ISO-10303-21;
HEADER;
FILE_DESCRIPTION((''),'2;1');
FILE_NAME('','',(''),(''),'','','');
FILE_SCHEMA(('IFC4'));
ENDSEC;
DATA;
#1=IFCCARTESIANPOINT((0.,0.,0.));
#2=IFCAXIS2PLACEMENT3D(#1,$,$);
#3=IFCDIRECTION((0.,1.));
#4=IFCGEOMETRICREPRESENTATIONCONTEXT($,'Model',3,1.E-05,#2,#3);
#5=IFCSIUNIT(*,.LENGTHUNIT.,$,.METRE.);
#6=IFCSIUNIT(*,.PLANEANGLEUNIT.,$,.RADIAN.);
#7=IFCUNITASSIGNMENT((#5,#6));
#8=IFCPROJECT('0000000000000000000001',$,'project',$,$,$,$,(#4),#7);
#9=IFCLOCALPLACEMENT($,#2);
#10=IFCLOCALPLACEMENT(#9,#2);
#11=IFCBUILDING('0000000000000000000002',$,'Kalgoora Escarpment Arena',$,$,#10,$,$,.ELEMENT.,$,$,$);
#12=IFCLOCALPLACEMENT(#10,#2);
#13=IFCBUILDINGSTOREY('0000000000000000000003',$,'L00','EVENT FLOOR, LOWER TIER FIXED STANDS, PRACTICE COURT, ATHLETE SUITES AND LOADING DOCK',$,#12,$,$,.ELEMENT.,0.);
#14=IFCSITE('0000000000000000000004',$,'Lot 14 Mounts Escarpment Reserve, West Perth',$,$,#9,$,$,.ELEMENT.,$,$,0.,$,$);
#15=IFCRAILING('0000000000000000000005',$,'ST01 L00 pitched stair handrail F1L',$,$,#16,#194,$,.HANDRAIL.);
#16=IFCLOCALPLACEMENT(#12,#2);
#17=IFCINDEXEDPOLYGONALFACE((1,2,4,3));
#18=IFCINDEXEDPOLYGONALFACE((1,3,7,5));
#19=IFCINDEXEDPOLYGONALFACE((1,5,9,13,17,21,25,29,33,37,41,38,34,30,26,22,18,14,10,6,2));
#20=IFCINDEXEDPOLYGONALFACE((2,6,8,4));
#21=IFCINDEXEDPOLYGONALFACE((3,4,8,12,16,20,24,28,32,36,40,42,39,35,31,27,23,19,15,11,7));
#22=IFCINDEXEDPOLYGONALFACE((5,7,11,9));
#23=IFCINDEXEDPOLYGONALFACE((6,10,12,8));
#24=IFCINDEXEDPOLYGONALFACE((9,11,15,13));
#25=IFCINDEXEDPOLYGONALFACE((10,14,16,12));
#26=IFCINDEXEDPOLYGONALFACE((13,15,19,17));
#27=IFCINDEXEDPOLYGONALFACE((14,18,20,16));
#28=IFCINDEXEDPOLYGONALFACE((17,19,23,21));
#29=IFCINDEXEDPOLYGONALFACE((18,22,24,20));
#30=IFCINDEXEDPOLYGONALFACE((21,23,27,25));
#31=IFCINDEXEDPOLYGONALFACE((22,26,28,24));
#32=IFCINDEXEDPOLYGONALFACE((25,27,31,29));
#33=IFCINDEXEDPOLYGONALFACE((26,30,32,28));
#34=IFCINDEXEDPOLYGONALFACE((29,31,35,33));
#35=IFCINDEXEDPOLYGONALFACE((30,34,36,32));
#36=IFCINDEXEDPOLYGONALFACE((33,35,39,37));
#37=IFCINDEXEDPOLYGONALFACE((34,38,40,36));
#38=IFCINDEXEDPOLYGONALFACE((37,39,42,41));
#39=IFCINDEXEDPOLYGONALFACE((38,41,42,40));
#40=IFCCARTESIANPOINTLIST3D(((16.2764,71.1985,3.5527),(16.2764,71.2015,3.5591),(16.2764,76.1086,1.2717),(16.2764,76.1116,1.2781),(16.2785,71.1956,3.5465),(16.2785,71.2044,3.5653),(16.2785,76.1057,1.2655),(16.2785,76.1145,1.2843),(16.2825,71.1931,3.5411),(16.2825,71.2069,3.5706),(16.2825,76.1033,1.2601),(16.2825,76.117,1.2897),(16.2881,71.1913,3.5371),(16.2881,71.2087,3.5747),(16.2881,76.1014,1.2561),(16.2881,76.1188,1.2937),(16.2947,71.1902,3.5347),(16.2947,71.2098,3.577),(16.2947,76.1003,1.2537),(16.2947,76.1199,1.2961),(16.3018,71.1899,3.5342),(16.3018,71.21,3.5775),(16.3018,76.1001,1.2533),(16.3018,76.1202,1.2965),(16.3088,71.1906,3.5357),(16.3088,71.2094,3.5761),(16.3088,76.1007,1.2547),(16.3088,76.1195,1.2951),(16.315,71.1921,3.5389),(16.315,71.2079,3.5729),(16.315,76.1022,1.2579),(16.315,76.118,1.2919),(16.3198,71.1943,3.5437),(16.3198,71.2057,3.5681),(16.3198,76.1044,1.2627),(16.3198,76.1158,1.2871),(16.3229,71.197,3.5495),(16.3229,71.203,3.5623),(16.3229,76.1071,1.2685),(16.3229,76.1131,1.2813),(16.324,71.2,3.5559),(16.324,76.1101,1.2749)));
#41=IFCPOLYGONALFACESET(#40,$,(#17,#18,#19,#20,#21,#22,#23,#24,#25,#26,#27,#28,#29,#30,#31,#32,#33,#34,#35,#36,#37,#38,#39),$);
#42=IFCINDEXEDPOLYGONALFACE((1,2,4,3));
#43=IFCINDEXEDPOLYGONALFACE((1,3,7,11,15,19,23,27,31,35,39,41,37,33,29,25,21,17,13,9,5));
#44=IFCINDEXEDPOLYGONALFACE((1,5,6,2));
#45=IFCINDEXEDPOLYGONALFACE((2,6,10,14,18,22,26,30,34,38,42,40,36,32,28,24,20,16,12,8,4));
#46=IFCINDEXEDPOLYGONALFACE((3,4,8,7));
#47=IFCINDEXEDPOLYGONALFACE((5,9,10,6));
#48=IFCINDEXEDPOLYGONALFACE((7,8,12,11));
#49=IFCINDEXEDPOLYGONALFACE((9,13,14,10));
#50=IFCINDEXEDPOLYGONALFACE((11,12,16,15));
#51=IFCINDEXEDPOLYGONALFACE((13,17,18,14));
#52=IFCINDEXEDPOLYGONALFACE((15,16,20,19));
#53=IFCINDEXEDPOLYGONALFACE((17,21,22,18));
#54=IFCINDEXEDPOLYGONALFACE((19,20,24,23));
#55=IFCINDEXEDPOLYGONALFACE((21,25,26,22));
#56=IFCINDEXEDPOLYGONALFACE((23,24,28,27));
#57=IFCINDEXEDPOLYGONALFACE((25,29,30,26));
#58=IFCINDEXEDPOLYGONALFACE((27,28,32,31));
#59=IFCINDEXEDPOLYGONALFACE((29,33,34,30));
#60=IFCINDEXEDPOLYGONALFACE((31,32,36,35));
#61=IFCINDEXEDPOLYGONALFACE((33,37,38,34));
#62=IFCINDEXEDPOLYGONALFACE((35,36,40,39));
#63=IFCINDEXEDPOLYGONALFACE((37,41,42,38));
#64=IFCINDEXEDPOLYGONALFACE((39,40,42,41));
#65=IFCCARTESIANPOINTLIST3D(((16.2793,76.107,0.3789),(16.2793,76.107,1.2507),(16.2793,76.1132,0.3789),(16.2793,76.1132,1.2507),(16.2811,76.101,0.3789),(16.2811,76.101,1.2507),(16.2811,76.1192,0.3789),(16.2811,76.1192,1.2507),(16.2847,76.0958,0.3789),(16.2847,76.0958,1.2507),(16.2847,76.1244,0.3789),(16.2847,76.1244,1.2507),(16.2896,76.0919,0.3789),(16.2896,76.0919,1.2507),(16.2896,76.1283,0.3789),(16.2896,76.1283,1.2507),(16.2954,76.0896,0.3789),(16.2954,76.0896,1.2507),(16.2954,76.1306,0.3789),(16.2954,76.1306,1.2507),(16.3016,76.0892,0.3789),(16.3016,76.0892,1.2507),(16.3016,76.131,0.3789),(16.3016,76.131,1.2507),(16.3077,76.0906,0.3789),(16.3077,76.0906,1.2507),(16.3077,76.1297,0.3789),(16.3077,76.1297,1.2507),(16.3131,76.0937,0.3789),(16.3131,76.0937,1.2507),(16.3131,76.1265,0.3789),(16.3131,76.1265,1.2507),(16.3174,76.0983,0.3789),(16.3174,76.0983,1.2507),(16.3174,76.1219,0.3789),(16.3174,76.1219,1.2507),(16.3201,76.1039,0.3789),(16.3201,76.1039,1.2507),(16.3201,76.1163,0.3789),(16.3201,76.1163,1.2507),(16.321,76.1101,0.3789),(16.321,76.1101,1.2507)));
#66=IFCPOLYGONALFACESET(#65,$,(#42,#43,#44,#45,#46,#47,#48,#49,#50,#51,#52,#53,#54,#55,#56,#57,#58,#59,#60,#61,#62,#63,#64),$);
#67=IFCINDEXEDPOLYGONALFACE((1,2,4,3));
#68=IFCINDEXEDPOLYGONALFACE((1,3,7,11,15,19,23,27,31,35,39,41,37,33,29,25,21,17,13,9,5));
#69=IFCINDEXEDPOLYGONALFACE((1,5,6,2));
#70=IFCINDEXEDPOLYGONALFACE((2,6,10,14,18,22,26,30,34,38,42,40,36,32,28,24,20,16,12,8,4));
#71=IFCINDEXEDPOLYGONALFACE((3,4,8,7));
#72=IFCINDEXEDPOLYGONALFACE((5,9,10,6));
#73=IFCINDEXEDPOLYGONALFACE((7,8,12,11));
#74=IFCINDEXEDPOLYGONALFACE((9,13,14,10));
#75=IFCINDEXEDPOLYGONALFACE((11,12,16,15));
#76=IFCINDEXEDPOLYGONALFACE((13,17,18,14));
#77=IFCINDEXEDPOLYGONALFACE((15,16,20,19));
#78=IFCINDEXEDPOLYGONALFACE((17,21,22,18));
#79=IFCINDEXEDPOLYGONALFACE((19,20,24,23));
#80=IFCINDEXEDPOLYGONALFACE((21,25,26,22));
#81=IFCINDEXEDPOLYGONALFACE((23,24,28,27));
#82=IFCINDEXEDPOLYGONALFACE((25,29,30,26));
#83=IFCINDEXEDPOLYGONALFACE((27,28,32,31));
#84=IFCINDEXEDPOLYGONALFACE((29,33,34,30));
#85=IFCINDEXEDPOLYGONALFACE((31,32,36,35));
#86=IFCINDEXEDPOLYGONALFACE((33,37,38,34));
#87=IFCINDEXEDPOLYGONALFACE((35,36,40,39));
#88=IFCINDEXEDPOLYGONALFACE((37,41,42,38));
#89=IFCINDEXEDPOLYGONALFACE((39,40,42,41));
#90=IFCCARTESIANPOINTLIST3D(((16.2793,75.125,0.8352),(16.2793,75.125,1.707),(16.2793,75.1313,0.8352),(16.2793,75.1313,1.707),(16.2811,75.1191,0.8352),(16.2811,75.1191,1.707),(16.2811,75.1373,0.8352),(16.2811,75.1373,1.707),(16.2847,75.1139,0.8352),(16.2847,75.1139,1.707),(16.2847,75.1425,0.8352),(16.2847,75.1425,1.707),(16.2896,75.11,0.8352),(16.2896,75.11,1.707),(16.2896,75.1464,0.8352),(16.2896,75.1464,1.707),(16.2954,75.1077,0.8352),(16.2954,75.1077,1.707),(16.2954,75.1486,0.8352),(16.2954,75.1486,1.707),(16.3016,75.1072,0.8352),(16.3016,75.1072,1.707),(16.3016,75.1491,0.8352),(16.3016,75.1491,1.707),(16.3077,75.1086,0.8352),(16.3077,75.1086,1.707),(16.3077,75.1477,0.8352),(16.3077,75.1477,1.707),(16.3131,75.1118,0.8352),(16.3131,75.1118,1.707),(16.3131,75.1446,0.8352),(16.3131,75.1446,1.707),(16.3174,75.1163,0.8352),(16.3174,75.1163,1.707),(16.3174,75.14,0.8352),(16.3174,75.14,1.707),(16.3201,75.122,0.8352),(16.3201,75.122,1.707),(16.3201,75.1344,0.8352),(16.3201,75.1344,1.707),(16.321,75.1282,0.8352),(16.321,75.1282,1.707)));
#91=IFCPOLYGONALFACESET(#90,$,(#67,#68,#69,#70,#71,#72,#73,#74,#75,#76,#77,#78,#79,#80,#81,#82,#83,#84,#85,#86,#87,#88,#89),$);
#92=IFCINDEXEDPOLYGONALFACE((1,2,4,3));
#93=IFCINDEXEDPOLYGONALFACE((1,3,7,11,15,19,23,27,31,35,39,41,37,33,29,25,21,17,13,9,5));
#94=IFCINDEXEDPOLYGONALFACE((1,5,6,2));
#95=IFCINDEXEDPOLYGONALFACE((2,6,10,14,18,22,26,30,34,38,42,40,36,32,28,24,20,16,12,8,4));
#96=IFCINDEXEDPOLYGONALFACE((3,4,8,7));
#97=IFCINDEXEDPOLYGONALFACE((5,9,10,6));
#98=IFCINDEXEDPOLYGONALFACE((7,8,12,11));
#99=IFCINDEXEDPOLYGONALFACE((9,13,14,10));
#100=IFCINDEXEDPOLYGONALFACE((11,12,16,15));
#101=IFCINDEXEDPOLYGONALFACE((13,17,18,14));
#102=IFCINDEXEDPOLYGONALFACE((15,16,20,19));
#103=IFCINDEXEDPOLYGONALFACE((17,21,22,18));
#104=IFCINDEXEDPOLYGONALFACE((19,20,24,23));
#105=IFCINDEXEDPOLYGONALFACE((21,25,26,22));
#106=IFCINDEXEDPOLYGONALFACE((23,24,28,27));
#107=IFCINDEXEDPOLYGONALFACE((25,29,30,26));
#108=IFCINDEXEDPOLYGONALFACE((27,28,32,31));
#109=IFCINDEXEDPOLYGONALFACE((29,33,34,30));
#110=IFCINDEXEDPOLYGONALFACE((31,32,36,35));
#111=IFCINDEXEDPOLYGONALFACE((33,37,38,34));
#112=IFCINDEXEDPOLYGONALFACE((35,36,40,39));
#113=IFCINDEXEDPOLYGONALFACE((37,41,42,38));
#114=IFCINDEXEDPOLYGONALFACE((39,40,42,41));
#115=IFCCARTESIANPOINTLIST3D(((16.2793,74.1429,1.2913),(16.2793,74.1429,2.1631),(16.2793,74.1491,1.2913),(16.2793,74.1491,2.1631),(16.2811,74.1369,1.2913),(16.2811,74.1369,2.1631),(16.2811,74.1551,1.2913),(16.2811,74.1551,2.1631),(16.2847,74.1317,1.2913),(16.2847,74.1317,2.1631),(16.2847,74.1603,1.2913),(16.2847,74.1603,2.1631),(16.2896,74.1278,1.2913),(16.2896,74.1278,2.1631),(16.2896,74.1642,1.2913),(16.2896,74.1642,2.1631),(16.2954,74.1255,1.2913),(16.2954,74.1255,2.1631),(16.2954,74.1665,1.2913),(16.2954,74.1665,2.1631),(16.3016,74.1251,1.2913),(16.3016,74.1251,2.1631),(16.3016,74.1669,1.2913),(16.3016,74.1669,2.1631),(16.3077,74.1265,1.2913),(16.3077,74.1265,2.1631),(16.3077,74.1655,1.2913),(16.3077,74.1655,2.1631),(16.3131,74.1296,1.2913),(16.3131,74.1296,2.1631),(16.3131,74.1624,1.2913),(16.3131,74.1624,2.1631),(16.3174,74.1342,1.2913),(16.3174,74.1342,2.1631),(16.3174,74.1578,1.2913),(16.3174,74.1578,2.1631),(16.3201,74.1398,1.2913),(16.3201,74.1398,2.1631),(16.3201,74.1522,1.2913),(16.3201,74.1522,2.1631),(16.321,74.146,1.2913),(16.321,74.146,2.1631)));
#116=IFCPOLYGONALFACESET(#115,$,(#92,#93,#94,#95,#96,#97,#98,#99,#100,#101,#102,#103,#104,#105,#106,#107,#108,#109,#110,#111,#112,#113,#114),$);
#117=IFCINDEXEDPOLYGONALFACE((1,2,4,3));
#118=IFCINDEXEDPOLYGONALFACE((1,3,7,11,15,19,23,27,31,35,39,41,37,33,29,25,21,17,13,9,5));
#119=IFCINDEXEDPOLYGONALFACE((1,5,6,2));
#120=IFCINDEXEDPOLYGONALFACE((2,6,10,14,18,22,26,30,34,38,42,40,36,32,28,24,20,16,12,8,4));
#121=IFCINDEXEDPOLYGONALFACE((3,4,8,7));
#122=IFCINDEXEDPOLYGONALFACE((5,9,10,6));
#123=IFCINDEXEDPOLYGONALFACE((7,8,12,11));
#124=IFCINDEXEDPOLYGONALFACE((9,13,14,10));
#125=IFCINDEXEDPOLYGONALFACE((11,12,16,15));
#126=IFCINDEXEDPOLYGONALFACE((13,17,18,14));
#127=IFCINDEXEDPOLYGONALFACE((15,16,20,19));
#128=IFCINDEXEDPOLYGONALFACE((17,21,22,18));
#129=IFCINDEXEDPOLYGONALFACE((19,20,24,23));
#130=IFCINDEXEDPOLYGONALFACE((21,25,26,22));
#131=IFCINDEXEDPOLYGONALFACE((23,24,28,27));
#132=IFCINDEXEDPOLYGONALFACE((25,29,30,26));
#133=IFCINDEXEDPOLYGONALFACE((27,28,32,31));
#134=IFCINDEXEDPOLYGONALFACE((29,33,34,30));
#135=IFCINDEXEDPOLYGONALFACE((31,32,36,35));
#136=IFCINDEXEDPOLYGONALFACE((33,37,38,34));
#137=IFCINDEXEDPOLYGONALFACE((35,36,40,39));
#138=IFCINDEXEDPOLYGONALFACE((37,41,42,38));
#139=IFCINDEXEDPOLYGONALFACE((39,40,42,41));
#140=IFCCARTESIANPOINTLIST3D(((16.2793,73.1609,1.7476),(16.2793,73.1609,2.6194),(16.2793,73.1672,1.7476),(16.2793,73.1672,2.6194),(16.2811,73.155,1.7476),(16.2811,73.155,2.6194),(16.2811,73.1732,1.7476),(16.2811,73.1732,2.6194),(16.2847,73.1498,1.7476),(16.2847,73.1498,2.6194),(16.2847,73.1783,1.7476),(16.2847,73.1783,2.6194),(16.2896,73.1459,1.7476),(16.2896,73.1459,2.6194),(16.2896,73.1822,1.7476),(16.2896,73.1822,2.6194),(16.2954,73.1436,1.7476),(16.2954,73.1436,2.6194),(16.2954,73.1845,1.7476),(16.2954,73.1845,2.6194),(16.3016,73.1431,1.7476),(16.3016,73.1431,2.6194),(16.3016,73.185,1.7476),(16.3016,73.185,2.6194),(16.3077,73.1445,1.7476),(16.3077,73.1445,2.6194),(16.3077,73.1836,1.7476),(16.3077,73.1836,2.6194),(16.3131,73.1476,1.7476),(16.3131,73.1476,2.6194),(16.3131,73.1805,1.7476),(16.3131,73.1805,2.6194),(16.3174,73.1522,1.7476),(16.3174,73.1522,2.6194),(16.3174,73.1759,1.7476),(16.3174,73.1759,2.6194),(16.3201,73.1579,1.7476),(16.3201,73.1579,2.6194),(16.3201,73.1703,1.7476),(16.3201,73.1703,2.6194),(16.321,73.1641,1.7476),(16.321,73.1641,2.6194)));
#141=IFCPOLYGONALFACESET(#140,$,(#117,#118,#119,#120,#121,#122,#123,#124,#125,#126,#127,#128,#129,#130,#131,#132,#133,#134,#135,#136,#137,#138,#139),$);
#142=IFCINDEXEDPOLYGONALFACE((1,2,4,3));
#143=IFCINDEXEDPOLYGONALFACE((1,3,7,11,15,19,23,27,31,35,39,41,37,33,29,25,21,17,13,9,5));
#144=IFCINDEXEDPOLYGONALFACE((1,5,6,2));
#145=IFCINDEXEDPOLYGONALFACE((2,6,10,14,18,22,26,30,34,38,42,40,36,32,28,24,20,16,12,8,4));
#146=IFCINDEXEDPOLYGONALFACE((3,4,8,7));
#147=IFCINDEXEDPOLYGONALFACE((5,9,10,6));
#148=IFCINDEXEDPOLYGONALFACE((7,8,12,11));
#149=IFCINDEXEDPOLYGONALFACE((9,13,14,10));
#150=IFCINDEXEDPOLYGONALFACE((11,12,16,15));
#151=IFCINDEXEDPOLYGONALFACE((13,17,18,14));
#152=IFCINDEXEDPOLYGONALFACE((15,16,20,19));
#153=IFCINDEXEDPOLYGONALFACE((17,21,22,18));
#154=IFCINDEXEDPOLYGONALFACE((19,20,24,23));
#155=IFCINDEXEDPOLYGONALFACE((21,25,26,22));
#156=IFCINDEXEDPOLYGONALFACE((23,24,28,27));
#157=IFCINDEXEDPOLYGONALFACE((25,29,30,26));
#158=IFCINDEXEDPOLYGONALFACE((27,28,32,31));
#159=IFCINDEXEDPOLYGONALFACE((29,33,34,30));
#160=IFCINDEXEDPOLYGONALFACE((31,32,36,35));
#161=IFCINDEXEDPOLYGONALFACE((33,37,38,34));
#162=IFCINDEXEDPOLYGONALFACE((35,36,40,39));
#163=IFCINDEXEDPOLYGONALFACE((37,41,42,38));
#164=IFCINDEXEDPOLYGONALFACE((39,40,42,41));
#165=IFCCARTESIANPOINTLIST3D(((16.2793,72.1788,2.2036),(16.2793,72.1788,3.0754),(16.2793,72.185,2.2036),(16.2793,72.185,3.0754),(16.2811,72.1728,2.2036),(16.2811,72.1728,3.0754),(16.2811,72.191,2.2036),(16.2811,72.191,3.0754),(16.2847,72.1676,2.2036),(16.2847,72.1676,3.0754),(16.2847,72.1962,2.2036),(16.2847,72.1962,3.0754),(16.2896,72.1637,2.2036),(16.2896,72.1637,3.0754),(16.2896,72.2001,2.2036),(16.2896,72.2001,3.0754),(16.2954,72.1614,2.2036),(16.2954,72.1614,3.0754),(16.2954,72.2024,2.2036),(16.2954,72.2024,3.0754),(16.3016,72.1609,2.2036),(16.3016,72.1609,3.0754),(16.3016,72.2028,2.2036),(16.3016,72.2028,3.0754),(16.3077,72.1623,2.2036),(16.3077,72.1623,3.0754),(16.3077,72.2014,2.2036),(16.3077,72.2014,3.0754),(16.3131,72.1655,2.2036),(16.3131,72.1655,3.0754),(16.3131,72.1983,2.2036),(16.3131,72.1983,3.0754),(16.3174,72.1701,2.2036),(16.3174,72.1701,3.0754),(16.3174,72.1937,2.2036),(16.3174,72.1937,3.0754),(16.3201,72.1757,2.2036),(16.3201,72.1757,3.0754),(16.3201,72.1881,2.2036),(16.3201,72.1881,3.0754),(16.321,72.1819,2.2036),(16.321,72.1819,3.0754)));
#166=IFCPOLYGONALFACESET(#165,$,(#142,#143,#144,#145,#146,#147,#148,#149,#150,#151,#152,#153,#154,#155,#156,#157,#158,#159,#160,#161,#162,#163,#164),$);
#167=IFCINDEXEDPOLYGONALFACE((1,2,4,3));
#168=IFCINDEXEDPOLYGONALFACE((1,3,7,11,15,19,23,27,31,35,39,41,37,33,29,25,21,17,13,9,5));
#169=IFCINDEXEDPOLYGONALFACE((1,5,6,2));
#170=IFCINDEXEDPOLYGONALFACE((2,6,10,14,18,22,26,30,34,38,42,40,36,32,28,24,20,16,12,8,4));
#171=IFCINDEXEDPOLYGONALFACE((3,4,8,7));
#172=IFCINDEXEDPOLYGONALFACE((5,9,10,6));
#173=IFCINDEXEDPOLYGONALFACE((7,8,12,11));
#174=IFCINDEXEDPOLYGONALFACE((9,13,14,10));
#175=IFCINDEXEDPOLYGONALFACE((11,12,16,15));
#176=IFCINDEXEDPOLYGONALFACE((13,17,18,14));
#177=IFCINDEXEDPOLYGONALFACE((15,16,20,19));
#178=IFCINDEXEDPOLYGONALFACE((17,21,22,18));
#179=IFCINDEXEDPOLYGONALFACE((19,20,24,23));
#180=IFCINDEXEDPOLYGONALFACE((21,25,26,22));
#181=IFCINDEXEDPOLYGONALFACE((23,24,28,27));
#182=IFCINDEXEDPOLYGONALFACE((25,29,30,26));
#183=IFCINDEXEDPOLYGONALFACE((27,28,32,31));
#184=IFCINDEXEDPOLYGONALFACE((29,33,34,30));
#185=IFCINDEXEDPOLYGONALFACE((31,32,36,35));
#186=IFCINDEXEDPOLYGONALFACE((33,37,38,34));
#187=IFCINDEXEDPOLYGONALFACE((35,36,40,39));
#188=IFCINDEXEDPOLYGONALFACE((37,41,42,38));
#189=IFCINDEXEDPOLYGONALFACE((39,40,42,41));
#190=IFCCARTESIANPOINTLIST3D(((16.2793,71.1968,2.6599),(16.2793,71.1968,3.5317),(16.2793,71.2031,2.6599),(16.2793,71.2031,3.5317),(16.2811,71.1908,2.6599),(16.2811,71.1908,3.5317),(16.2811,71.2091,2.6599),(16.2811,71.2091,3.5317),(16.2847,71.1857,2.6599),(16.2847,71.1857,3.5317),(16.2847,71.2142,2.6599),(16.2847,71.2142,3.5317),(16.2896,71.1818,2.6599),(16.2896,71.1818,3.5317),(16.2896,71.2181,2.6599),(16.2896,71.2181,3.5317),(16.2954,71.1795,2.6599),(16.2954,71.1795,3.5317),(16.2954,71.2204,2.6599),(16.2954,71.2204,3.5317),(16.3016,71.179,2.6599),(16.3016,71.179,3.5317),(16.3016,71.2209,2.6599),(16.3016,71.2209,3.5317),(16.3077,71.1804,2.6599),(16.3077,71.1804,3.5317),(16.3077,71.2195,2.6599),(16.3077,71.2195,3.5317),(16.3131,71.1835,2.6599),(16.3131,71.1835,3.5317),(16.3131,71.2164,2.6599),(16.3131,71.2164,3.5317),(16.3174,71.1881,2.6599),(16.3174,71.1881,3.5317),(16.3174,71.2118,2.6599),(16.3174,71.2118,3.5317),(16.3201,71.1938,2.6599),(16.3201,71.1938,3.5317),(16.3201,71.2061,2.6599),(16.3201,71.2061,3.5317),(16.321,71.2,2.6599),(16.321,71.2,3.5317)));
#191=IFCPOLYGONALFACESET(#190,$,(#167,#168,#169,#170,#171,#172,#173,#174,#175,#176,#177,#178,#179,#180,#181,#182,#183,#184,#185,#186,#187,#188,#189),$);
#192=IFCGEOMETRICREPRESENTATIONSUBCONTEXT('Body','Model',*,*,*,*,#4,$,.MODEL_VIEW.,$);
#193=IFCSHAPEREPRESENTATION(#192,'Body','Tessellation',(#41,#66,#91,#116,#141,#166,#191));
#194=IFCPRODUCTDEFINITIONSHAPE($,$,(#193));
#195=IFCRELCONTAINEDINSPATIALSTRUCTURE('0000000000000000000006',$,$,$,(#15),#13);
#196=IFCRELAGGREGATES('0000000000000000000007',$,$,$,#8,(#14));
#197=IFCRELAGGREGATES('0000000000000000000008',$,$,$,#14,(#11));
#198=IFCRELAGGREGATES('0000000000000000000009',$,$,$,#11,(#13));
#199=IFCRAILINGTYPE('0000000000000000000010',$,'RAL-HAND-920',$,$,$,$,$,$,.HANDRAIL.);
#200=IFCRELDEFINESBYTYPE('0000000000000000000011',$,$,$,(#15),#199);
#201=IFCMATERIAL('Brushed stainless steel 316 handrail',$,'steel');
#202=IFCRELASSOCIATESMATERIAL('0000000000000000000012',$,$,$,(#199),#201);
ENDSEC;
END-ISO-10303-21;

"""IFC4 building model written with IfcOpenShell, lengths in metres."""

from ifc_helpers import new_model, si_unit, direction, frame, origin, origin_2d, place, context, subcontext, project, spatial, circle, extrude, material, type_object, element, save


model = new_model("IFC4")

# Units and contexts
model_context = context("Model", 3, precision=1e-05, world=origin(), true_north=direction((0.0, 1.0)))
body_context = subcontext(model_context, "Body", "Model", "MODEL_VIEW")
ifc_project = project(units=[si_unit("LENGTHUNIT", "METRE"), si_unit("PLANEANGLEUNIT", "RADIAN")], contexts=[model_context])

# Site, building, storey
site_placement = place(None, origin())
site = spatial("IfcSite", under=ifc_project, at=site_placement, Name="Lot 14 Mounts Escarpment Reserve, West Perth", CompositionType="ELEMENT", RefElevation=0.0)
building_placement = place(site_placement, origin())
building = spatial("IfcBuilding", under=site, at=building_placement, Name="Kalgoora Escarpment Arena", CompositionType="ELEMENT")
storey_placement = place(building_placement, origin())
storey = spatial("IfcBuildingStorey", under=building, at=storey_placement, Name="L00", Description="EVENT FLOOR, LOWER TIER FIXED STANDS, PRACTICE COURT, ATHLETE SUITES AND LOADING DOCK", CompositionType="ELEMENT", Elevation=0.0)

# Railing
ifc_material_1 = material(Name="Brushed stainless steel 316 handrail", Category="steel")
railing_type = type_object("IfcRailingType", Name="RAL-HAND-920", PredefinedType="HANDRAIL", material=ifc_material_1)
for number, where, name in (
    (1, (16.3, 76.1101, 0.3789), "ST01 L00 pitched stair handrail F1L"),
):
    element("IfcRailing", number, at=place(storey_placement, frame(where)), inside=storey, type_object=railing_type, Name=name, PredefinedType="HANDRAIL", context=body_context, shape_type="SweptSolid", body=[
        extrude(circle(Radius=0.0239, at=origin_2d()), frame((0.0, 0.0, 0.896), z_axis=(0.0, -0.906918, 0.421307), x_axis=(1.0, 0.0, 0.0)), (0.0, 0.0, 1.0), 5.4141),
        extrude(circle(Radius=0.021, at=origin_2d()), origin(), (0.0, 0.0, 1.0), 0.8718),
        extrude(circle(Radius=0.021, at=origin_2d()), frame((0.0, -0.9819, 0.4563)), (0.0, 0.0, 1.0), 0.8718),
        extrude(circle(Radius=0.021, at=origin_2d()), frame((0.0, -1.9641, 0.9124)), (0.0, 0.0, 1.0), 0.8718),
        extrude(circle(Radius=0.021, at=origin_2d()), frame((0.0, -2.946, 1.3687)), (0.0, 0.0, 1.0), 0.8718),
        extrude(circle(Radius=0.021, at=origin_2d()), frame((0.0, -3.9282, 1.8247)), (0.0, 0.0, 1.0), 0.8718),
        extrude(circle(Radius=0.021, at=origin_2d()), frame((0.0, -4.9102, 2.281)), (0.0, 0.0, 1.0), 0.8718),
    ])

save(model, "model.ifc")
